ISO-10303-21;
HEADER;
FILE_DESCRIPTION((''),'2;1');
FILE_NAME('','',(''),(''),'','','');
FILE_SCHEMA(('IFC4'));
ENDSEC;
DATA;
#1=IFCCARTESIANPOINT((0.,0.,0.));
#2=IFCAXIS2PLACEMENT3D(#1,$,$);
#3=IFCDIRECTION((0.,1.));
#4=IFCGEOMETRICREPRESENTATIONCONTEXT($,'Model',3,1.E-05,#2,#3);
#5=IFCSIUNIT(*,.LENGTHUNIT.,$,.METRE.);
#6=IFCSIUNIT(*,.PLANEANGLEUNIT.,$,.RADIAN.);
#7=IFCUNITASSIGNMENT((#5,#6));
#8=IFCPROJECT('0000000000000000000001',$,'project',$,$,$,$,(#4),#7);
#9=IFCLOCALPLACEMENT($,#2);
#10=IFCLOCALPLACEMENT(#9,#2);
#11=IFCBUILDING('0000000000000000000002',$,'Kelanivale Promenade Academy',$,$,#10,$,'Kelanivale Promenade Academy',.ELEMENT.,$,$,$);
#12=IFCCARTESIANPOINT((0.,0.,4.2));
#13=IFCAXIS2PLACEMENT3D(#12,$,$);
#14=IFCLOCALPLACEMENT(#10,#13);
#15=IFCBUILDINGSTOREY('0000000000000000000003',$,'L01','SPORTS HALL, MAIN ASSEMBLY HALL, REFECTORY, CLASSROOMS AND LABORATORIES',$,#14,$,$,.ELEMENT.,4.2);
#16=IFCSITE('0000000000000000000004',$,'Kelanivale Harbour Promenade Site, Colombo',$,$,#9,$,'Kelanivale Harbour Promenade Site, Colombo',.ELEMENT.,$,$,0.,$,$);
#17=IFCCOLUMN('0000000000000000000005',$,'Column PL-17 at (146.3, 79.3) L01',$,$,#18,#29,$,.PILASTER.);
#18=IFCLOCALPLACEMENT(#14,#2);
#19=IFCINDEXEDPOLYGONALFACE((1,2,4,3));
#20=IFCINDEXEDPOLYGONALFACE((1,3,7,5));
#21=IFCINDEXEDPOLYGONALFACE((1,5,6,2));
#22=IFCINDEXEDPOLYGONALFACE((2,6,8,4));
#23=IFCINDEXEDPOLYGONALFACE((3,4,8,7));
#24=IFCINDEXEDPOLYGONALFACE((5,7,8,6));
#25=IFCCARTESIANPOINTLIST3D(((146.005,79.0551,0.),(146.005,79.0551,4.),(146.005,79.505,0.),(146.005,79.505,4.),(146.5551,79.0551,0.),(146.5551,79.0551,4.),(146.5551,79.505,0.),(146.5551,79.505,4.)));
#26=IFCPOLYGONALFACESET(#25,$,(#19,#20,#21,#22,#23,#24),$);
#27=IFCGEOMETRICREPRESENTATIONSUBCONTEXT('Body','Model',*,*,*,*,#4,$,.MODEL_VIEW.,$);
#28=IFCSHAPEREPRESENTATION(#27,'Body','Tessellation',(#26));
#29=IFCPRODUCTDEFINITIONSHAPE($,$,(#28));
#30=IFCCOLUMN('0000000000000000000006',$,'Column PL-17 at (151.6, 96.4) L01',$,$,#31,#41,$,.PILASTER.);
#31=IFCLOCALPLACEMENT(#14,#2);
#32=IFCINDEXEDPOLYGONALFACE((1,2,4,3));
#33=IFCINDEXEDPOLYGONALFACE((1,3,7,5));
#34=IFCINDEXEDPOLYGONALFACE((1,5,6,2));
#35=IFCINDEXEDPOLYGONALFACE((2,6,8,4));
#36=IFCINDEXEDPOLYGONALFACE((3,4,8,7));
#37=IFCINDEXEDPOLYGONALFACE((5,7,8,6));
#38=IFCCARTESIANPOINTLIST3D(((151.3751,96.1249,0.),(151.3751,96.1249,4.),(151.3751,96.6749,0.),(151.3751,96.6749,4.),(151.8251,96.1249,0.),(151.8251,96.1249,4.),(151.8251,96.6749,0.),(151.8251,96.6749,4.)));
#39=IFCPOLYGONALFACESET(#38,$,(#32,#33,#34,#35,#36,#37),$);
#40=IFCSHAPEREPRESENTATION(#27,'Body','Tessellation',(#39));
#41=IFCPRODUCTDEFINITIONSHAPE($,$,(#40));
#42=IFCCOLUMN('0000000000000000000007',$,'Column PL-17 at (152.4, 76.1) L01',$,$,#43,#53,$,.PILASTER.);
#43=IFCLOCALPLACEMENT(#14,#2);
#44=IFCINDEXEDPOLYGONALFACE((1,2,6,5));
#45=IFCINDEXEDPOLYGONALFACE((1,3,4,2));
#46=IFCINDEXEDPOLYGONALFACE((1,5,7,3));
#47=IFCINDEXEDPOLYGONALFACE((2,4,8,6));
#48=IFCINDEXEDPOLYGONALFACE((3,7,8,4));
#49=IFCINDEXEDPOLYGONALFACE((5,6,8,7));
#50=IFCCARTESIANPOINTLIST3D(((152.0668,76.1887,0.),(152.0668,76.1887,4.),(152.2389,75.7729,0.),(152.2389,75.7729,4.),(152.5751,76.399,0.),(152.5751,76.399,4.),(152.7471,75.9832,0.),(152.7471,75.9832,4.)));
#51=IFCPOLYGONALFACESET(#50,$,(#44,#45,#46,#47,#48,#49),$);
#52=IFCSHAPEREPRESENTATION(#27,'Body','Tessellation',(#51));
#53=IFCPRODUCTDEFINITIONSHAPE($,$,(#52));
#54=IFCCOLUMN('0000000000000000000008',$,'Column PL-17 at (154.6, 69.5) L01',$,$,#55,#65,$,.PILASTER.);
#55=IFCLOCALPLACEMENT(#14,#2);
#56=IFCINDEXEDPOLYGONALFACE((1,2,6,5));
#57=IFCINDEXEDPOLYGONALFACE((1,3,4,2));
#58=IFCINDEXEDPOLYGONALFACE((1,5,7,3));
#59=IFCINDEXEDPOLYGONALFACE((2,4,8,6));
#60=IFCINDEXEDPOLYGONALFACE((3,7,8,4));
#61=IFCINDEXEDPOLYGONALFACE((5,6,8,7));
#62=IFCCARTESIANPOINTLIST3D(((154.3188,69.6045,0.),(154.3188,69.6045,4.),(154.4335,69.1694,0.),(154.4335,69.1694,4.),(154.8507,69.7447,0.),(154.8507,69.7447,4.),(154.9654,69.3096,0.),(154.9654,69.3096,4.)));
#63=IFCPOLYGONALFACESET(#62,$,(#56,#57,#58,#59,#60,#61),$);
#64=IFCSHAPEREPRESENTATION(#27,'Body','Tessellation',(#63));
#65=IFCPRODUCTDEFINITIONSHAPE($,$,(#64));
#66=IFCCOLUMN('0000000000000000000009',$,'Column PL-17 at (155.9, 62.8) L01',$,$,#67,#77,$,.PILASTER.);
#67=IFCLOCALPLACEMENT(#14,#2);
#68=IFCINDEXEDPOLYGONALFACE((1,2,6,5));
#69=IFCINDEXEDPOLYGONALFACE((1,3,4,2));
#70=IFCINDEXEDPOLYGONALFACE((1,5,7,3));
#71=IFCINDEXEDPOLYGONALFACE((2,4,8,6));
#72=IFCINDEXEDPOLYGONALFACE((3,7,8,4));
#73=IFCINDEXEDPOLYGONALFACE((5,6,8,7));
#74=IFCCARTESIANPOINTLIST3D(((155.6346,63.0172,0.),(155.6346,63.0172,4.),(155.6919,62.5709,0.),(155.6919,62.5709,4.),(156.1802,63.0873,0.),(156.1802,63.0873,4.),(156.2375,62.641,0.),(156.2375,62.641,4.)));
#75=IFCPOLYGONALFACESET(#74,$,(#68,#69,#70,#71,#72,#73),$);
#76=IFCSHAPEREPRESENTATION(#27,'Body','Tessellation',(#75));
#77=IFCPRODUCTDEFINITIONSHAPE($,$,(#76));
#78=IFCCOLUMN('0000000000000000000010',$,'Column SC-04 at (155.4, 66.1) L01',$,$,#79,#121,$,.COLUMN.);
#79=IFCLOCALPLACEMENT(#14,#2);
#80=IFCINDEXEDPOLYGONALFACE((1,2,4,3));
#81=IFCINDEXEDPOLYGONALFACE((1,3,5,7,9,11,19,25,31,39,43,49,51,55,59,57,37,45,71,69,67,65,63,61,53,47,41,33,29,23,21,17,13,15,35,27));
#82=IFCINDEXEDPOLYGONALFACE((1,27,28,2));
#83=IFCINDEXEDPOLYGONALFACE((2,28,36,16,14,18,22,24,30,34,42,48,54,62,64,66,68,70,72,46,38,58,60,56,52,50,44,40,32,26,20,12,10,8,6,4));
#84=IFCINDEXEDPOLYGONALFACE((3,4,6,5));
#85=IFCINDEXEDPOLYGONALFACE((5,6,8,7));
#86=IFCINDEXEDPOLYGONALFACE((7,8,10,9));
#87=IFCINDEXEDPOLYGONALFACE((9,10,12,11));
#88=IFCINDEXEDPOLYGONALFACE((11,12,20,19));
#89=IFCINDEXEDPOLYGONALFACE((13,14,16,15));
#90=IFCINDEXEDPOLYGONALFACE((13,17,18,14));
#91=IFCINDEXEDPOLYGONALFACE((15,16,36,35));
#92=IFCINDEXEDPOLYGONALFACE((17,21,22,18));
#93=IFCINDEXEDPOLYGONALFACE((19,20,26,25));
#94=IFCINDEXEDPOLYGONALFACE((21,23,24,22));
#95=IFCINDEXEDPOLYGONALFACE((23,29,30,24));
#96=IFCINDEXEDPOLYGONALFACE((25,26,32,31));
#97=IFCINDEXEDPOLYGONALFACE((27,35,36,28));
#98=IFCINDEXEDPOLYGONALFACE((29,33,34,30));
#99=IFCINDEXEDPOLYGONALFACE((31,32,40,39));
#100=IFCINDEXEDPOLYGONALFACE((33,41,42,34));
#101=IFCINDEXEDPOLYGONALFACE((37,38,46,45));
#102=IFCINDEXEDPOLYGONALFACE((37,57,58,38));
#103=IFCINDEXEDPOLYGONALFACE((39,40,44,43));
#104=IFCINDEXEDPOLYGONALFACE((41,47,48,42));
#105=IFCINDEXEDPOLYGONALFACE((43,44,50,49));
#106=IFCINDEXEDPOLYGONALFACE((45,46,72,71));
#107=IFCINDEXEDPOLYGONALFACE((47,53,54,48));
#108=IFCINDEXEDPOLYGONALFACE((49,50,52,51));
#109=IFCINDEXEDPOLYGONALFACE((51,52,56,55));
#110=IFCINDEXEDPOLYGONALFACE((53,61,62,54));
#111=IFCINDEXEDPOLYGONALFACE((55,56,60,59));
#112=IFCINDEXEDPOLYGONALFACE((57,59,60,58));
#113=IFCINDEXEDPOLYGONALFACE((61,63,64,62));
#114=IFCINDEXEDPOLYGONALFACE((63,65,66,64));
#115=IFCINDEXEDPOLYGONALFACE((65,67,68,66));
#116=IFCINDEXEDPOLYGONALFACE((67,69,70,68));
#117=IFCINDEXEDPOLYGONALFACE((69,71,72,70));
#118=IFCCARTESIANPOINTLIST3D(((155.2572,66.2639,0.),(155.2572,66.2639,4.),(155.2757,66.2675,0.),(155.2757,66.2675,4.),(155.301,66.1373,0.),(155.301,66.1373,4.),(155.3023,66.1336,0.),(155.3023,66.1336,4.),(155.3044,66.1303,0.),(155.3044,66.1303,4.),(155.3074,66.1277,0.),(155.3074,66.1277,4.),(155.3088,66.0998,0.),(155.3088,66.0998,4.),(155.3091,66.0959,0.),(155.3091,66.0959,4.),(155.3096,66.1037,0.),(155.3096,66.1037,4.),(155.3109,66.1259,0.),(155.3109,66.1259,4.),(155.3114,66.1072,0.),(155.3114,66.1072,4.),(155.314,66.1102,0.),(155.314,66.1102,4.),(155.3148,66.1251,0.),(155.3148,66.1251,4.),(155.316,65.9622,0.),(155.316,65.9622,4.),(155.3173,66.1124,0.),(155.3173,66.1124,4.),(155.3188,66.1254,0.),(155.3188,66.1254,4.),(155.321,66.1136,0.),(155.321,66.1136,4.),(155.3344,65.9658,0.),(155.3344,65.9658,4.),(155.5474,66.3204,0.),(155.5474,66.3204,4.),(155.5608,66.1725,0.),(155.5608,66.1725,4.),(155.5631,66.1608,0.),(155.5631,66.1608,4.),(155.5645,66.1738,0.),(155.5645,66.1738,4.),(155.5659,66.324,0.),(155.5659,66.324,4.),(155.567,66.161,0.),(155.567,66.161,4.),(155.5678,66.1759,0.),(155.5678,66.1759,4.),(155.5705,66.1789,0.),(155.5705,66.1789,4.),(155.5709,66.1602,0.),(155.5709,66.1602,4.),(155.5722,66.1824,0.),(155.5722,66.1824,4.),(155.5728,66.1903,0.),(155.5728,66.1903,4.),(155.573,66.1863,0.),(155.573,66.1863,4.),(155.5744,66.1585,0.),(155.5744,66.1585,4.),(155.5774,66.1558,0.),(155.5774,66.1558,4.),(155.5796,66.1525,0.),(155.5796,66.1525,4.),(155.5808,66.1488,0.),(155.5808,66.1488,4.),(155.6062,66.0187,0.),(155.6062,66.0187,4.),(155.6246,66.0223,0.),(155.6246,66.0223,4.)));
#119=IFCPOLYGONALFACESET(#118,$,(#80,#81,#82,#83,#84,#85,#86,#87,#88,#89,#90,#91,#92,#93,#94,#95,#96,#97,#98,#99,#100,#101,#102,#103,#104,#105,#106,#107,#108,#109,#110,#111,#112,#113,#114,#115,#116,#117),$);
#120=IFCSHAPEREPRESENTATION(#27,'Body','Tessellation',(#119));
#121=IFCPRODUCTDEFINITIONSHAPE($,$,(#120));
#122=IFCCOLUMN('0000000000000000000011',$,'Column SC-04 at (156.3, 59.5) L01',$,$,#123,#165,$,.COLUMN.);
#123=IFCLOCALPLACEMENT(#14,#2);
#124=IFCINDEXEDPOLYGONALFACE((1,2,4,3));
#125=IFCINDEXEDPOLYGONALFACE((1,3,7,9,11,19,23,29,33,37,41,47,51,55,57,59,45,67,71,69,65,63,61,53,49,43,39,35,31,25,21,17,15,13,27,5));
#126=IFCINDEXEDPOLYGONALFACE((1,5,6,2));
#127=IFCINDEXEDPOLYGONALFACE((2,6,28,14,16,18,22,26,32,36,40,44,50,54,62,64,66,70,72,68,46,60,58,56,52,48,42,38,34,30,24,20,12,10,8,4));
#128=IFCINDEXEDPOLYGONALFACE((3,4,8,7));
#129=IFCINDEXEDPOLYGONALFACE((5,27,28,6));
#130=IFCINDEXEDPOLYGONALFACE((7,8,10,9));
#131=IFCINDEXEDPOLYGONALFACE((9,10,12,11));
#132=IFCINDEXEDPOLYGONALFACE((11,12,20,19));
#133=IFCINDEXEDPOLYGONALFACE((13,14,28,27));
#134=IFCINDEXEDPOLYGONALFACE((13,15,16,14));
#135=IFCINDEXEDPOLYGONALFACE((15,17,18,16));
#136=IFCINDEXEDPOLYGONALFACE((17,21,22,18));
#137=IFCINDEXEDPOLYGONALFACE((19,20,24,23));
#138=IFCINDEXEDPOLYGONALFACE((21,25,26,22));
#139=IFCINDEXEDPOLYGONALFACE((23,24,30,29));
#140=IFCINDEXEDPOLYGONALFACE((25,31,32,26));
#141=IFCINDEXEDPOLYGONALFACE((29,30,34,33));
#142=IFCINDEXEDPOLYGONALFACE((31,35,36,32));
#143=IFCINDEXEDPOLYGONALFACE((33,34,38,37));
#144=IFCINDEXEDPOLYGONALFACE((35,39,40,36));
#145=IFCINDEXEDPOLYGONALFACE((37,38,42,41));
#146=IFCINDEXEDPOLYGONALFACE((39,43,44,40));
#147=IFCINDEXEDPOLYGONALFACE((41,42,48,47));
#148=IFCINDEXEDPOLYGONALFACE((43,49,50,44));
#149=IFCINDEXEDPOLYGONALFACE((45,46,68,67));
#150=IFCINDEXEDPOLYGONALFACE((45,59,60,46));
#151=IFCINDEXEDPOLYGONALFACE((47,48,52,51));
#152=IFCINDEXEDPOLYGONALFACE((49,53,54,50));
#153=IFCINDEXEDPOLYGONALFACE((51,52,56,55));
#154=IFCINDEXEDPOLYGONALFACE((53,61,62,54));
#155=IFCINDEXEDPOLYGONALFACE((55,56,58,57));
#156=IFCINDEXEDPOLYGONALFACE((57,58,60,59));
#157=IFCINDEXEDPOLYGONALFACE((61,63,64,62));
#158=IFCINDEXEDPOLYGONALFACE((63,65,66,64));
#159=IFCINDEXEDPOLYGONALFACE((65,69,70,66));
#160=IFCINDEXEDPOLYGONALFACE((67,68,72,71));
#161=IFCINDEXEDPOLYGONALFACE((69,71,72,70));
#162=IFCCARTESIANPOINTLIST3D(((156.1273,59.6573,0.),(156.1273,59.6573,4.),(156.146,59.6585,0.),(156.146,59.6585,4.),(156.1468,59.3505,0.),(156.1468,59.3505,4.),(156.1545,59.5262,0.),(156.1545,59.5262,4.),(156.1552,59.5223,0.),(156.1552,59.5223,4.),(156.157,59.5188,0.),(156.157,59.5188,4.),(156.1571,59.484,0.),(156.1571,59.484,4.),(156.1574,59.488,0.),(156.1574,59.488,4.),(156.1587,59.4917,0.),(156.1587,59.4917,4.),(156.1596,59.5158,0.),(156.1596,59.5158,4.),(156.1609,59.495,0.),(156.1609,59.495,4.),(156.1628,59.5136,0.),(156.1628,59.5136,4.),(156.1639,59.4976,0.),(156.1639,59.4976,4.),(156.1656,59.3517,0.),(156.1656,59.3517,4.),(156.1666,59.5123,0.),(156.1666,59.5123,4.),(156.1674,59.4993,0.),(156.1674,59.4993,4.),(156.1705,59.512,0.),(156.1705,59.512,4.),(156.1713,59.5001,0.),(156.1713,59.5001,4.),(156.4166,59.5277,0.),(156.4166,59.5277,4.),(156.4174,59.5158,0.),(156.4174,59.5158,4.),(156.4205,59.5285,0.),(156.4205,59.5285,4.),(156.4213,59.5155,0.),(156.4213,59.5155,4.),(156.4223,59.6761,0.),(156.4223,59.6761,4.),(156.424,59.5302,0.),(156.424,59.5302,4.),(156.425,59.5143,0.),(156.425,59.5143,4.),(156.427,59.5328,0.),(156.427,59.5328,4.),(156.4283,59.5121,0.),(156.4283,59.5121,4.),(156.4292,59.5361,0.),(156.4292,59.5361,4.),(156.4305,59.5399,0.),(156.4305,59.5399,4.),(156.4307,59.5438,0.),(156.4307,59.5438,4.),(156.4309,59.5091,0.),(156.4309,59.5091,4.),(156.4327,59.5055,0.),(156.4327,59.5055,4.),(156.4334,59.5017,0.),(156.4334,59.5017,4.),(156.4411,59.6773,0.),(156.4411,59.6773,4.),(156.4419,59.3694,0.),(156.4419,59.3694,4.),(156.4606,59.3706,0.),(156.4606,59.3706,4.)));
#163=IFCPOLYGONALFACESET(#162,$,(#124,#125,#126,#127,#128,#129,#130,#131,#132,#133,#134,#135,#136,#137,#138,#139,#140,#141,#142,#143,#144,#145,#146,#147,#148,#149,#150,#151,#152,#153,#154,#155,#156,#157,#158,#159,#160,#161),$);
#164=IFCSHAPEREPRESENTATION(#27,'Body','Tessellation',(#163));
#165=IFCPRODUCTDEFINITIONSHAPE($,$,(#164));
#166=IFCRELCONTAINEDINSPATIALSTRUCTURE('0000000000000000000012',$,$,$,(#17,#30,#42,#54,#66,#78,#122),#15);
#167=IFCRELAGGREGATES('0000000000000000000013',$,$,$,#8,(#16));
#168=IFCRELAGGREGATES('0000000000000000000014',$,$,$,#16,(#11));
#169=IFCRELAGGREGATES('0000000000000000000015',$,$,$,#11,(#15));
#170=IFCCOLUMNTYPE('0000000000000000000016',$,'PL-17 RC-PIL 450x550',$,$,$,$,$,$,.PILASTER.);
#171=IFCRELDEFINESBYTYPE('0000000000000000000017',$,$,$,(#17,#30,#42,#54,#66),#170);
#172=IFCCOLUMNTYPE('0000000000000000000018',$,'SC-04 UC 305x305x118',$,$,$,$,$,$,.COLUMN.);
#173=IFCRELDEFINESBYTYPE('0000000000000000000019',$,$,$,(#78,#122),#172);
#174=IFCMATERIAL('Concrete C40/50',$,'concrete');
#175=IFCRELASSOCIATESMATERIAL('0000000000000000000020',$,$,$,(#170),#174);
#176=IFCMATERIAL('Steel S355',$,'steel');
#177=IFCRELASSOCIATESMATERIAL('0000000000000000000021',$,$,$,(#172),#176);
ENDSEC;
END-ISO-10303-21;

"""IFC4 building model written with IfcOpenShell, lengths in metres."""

from ifc_helpers import new_model, si_unit, direction, frame, origin, origin_2d, place, context, subcontext, project, spatial, rectangle, i_section, extrude, material, material_profile, profile_set, type_object, element, save


model = new_model("IFC4")

# Units and contexts
model_context = context("Model", 3, precision=1e-05, world=origin(), true_north=direction((0.0, 1.0)))
body_context = subcontext(model_context, "Body", "Model", "MODEL_VIEW")
ifc_project = project(units=[si_unit("LENGTHUNIT", "METRE"), si_unit("PLANEANGLEUNIT", "RADIAN")], contexts=[model_context])

# Site, building, storey
site_placement = place(None, origin())
site = spatial("IfcSite", under=ifc_project, at=site_placement, Name="Kelanivale Harbour Promenade Site, Colombo", LongName="Kelanivale Harbour Promenade Site, Colombo", CompositionType="ELEMENT", RefElevation=0.0)
building_placement = place(site_placement, origin())
building = spatial("IfcBuilding", under=site, at=building_placement, Name="Kelanivale Promenade Academy", LongName="Kelanivale Promenade Academy", CompositionType="ELEMENT")
storey_placement = place(building_placement, frame((0.0, 0.0, 4.2)))
storey = spatial("IfcBuildingStorey", under=building, at=storey_placement, Name="L01", Description="SPORTS HALL, MAIN ASSEMBLY HALL, REFECTORY, CLASSROOMS AND LABORATORIES", CompositionType="ELEMENT", Elevation=4.2)

# Columns
ifc_material_1 = material(Name="Concrete C40/50", Category="concrete")
ifc_material_profile_1 = material_profile(ifc_material_1, rectangle(XDim=0.45, YDim=0.55, at=origin_2d()), Name="RC-PIL 450x550")
ifc_profile_set_1 = profile_set([ifc_material_profile_1], Name="Concrete C40/50")
column_type_1 = type_object("IfcColumnType", Name="PL-17 RC-PIL 450x550", PredefinedType="PILASTER", material=ifc_profile_set_1)
for number, where, z_axis, x_axis, name in (
    (1, (146.28, 79.28, 0.0), (0.0, 0.0, 1.0), (0.0, 1.0, 0.0), "Column PL-17 at (146.3, 79.3) L01"),
    (2, (151.6001, 96.3999, 0.0), (0.0, 0.0, 1.0), (1.0, 0.0, 0.0), "Column PL-17 at (151.6, 96.4) L01"),
    (3, (152.407, 76.0859, 0.0), (0.0, 0.0, 1.0), (-0.382361, 0.924013, 0.0), "Column PL-17 at (152.4, 76.1) L01"),
    (4, (154.6421, 69.457, 0.0), (0.0, 0.0, 1.0), (-0.254939, 0.966957, 0.0), "Column PL-17 at (154.6, 69.5) L01"),
    (5, (155.936, 62.8291, 0.0), (0.0, 0.0, 1.0), (-0.127411, 0.99185, 0.0), "Column PL-17 at (155.9, 62.8) L01"),
):
    element("IfcColumn", number, at=place(storey_placement, frame(where, z_axis=z_axis, x_axis=x_axis)), inside=storey, type_object=column_type_1, Name=name, PredefinedType="PILASTER", context=body_context, shape_type="SweptSolid", body=[
        extrude(rectangle(XDim=0.45, YDim=0.55, at=origin_2d()), origin(), (0.0, 0.0, 1.0), 4.0),
    ])
ifc_material_2 = material(Name="Steel S355", Category="steel")
ifc_material_profile_2 = material_profile(ifc_material_2, i_section(OverallWidth=0.3074, OverallDepth=0.3145, WebThickness=0.012, FlangeThickness=0.0188, FilletRadius=0.0151, at=origin_2d()), Name="UC 305x305x118")
ifc_profile_set_2 = profile_set([ifc_material_profile_2], Name="Steel S355")
column_type_2 = type_object("IfcColumnType", Name="SC-04 UC 305x305x118", PredefinedType="COLUMN", material=ifc_profile_set_2)
for number, where, z_axis, x_axis, name in (
    (6, (155.4409, 66.1431, 0.0), (0.0, 0.0, 1.0), (-0.191152, 0.981561, 0.0), "Column SC-04 at (155.4, 66.1) L01"),
    (7, (156.2939, 59.5139, 0.0), (0.0, 0.0, 1.0), (-0.063661, 0.997972, 0.0), "Column SC-04 at (156.3, 59.5) L01"),
):
    element("IfcColumn", number, at=place(storey_placement, frame(where, z_axis=z_axis, x_axis=x_axis)), inside=storey, type_object=column_type_2, Name=name, PredefinedType="COLUMN", context=body_context, shape_type="SweptSolid", body=[
        extrude(i_section(OverallWidth=0.3074, OverallDepth=0.3145, WebThickness=0.012, FlangeThickness=0.0188, FilletRadius=0.0151, at=origin_2d()), origin(), (0.0, 0.0, 1.0), 4.0),
    ])

save(model, "model.ifc")
